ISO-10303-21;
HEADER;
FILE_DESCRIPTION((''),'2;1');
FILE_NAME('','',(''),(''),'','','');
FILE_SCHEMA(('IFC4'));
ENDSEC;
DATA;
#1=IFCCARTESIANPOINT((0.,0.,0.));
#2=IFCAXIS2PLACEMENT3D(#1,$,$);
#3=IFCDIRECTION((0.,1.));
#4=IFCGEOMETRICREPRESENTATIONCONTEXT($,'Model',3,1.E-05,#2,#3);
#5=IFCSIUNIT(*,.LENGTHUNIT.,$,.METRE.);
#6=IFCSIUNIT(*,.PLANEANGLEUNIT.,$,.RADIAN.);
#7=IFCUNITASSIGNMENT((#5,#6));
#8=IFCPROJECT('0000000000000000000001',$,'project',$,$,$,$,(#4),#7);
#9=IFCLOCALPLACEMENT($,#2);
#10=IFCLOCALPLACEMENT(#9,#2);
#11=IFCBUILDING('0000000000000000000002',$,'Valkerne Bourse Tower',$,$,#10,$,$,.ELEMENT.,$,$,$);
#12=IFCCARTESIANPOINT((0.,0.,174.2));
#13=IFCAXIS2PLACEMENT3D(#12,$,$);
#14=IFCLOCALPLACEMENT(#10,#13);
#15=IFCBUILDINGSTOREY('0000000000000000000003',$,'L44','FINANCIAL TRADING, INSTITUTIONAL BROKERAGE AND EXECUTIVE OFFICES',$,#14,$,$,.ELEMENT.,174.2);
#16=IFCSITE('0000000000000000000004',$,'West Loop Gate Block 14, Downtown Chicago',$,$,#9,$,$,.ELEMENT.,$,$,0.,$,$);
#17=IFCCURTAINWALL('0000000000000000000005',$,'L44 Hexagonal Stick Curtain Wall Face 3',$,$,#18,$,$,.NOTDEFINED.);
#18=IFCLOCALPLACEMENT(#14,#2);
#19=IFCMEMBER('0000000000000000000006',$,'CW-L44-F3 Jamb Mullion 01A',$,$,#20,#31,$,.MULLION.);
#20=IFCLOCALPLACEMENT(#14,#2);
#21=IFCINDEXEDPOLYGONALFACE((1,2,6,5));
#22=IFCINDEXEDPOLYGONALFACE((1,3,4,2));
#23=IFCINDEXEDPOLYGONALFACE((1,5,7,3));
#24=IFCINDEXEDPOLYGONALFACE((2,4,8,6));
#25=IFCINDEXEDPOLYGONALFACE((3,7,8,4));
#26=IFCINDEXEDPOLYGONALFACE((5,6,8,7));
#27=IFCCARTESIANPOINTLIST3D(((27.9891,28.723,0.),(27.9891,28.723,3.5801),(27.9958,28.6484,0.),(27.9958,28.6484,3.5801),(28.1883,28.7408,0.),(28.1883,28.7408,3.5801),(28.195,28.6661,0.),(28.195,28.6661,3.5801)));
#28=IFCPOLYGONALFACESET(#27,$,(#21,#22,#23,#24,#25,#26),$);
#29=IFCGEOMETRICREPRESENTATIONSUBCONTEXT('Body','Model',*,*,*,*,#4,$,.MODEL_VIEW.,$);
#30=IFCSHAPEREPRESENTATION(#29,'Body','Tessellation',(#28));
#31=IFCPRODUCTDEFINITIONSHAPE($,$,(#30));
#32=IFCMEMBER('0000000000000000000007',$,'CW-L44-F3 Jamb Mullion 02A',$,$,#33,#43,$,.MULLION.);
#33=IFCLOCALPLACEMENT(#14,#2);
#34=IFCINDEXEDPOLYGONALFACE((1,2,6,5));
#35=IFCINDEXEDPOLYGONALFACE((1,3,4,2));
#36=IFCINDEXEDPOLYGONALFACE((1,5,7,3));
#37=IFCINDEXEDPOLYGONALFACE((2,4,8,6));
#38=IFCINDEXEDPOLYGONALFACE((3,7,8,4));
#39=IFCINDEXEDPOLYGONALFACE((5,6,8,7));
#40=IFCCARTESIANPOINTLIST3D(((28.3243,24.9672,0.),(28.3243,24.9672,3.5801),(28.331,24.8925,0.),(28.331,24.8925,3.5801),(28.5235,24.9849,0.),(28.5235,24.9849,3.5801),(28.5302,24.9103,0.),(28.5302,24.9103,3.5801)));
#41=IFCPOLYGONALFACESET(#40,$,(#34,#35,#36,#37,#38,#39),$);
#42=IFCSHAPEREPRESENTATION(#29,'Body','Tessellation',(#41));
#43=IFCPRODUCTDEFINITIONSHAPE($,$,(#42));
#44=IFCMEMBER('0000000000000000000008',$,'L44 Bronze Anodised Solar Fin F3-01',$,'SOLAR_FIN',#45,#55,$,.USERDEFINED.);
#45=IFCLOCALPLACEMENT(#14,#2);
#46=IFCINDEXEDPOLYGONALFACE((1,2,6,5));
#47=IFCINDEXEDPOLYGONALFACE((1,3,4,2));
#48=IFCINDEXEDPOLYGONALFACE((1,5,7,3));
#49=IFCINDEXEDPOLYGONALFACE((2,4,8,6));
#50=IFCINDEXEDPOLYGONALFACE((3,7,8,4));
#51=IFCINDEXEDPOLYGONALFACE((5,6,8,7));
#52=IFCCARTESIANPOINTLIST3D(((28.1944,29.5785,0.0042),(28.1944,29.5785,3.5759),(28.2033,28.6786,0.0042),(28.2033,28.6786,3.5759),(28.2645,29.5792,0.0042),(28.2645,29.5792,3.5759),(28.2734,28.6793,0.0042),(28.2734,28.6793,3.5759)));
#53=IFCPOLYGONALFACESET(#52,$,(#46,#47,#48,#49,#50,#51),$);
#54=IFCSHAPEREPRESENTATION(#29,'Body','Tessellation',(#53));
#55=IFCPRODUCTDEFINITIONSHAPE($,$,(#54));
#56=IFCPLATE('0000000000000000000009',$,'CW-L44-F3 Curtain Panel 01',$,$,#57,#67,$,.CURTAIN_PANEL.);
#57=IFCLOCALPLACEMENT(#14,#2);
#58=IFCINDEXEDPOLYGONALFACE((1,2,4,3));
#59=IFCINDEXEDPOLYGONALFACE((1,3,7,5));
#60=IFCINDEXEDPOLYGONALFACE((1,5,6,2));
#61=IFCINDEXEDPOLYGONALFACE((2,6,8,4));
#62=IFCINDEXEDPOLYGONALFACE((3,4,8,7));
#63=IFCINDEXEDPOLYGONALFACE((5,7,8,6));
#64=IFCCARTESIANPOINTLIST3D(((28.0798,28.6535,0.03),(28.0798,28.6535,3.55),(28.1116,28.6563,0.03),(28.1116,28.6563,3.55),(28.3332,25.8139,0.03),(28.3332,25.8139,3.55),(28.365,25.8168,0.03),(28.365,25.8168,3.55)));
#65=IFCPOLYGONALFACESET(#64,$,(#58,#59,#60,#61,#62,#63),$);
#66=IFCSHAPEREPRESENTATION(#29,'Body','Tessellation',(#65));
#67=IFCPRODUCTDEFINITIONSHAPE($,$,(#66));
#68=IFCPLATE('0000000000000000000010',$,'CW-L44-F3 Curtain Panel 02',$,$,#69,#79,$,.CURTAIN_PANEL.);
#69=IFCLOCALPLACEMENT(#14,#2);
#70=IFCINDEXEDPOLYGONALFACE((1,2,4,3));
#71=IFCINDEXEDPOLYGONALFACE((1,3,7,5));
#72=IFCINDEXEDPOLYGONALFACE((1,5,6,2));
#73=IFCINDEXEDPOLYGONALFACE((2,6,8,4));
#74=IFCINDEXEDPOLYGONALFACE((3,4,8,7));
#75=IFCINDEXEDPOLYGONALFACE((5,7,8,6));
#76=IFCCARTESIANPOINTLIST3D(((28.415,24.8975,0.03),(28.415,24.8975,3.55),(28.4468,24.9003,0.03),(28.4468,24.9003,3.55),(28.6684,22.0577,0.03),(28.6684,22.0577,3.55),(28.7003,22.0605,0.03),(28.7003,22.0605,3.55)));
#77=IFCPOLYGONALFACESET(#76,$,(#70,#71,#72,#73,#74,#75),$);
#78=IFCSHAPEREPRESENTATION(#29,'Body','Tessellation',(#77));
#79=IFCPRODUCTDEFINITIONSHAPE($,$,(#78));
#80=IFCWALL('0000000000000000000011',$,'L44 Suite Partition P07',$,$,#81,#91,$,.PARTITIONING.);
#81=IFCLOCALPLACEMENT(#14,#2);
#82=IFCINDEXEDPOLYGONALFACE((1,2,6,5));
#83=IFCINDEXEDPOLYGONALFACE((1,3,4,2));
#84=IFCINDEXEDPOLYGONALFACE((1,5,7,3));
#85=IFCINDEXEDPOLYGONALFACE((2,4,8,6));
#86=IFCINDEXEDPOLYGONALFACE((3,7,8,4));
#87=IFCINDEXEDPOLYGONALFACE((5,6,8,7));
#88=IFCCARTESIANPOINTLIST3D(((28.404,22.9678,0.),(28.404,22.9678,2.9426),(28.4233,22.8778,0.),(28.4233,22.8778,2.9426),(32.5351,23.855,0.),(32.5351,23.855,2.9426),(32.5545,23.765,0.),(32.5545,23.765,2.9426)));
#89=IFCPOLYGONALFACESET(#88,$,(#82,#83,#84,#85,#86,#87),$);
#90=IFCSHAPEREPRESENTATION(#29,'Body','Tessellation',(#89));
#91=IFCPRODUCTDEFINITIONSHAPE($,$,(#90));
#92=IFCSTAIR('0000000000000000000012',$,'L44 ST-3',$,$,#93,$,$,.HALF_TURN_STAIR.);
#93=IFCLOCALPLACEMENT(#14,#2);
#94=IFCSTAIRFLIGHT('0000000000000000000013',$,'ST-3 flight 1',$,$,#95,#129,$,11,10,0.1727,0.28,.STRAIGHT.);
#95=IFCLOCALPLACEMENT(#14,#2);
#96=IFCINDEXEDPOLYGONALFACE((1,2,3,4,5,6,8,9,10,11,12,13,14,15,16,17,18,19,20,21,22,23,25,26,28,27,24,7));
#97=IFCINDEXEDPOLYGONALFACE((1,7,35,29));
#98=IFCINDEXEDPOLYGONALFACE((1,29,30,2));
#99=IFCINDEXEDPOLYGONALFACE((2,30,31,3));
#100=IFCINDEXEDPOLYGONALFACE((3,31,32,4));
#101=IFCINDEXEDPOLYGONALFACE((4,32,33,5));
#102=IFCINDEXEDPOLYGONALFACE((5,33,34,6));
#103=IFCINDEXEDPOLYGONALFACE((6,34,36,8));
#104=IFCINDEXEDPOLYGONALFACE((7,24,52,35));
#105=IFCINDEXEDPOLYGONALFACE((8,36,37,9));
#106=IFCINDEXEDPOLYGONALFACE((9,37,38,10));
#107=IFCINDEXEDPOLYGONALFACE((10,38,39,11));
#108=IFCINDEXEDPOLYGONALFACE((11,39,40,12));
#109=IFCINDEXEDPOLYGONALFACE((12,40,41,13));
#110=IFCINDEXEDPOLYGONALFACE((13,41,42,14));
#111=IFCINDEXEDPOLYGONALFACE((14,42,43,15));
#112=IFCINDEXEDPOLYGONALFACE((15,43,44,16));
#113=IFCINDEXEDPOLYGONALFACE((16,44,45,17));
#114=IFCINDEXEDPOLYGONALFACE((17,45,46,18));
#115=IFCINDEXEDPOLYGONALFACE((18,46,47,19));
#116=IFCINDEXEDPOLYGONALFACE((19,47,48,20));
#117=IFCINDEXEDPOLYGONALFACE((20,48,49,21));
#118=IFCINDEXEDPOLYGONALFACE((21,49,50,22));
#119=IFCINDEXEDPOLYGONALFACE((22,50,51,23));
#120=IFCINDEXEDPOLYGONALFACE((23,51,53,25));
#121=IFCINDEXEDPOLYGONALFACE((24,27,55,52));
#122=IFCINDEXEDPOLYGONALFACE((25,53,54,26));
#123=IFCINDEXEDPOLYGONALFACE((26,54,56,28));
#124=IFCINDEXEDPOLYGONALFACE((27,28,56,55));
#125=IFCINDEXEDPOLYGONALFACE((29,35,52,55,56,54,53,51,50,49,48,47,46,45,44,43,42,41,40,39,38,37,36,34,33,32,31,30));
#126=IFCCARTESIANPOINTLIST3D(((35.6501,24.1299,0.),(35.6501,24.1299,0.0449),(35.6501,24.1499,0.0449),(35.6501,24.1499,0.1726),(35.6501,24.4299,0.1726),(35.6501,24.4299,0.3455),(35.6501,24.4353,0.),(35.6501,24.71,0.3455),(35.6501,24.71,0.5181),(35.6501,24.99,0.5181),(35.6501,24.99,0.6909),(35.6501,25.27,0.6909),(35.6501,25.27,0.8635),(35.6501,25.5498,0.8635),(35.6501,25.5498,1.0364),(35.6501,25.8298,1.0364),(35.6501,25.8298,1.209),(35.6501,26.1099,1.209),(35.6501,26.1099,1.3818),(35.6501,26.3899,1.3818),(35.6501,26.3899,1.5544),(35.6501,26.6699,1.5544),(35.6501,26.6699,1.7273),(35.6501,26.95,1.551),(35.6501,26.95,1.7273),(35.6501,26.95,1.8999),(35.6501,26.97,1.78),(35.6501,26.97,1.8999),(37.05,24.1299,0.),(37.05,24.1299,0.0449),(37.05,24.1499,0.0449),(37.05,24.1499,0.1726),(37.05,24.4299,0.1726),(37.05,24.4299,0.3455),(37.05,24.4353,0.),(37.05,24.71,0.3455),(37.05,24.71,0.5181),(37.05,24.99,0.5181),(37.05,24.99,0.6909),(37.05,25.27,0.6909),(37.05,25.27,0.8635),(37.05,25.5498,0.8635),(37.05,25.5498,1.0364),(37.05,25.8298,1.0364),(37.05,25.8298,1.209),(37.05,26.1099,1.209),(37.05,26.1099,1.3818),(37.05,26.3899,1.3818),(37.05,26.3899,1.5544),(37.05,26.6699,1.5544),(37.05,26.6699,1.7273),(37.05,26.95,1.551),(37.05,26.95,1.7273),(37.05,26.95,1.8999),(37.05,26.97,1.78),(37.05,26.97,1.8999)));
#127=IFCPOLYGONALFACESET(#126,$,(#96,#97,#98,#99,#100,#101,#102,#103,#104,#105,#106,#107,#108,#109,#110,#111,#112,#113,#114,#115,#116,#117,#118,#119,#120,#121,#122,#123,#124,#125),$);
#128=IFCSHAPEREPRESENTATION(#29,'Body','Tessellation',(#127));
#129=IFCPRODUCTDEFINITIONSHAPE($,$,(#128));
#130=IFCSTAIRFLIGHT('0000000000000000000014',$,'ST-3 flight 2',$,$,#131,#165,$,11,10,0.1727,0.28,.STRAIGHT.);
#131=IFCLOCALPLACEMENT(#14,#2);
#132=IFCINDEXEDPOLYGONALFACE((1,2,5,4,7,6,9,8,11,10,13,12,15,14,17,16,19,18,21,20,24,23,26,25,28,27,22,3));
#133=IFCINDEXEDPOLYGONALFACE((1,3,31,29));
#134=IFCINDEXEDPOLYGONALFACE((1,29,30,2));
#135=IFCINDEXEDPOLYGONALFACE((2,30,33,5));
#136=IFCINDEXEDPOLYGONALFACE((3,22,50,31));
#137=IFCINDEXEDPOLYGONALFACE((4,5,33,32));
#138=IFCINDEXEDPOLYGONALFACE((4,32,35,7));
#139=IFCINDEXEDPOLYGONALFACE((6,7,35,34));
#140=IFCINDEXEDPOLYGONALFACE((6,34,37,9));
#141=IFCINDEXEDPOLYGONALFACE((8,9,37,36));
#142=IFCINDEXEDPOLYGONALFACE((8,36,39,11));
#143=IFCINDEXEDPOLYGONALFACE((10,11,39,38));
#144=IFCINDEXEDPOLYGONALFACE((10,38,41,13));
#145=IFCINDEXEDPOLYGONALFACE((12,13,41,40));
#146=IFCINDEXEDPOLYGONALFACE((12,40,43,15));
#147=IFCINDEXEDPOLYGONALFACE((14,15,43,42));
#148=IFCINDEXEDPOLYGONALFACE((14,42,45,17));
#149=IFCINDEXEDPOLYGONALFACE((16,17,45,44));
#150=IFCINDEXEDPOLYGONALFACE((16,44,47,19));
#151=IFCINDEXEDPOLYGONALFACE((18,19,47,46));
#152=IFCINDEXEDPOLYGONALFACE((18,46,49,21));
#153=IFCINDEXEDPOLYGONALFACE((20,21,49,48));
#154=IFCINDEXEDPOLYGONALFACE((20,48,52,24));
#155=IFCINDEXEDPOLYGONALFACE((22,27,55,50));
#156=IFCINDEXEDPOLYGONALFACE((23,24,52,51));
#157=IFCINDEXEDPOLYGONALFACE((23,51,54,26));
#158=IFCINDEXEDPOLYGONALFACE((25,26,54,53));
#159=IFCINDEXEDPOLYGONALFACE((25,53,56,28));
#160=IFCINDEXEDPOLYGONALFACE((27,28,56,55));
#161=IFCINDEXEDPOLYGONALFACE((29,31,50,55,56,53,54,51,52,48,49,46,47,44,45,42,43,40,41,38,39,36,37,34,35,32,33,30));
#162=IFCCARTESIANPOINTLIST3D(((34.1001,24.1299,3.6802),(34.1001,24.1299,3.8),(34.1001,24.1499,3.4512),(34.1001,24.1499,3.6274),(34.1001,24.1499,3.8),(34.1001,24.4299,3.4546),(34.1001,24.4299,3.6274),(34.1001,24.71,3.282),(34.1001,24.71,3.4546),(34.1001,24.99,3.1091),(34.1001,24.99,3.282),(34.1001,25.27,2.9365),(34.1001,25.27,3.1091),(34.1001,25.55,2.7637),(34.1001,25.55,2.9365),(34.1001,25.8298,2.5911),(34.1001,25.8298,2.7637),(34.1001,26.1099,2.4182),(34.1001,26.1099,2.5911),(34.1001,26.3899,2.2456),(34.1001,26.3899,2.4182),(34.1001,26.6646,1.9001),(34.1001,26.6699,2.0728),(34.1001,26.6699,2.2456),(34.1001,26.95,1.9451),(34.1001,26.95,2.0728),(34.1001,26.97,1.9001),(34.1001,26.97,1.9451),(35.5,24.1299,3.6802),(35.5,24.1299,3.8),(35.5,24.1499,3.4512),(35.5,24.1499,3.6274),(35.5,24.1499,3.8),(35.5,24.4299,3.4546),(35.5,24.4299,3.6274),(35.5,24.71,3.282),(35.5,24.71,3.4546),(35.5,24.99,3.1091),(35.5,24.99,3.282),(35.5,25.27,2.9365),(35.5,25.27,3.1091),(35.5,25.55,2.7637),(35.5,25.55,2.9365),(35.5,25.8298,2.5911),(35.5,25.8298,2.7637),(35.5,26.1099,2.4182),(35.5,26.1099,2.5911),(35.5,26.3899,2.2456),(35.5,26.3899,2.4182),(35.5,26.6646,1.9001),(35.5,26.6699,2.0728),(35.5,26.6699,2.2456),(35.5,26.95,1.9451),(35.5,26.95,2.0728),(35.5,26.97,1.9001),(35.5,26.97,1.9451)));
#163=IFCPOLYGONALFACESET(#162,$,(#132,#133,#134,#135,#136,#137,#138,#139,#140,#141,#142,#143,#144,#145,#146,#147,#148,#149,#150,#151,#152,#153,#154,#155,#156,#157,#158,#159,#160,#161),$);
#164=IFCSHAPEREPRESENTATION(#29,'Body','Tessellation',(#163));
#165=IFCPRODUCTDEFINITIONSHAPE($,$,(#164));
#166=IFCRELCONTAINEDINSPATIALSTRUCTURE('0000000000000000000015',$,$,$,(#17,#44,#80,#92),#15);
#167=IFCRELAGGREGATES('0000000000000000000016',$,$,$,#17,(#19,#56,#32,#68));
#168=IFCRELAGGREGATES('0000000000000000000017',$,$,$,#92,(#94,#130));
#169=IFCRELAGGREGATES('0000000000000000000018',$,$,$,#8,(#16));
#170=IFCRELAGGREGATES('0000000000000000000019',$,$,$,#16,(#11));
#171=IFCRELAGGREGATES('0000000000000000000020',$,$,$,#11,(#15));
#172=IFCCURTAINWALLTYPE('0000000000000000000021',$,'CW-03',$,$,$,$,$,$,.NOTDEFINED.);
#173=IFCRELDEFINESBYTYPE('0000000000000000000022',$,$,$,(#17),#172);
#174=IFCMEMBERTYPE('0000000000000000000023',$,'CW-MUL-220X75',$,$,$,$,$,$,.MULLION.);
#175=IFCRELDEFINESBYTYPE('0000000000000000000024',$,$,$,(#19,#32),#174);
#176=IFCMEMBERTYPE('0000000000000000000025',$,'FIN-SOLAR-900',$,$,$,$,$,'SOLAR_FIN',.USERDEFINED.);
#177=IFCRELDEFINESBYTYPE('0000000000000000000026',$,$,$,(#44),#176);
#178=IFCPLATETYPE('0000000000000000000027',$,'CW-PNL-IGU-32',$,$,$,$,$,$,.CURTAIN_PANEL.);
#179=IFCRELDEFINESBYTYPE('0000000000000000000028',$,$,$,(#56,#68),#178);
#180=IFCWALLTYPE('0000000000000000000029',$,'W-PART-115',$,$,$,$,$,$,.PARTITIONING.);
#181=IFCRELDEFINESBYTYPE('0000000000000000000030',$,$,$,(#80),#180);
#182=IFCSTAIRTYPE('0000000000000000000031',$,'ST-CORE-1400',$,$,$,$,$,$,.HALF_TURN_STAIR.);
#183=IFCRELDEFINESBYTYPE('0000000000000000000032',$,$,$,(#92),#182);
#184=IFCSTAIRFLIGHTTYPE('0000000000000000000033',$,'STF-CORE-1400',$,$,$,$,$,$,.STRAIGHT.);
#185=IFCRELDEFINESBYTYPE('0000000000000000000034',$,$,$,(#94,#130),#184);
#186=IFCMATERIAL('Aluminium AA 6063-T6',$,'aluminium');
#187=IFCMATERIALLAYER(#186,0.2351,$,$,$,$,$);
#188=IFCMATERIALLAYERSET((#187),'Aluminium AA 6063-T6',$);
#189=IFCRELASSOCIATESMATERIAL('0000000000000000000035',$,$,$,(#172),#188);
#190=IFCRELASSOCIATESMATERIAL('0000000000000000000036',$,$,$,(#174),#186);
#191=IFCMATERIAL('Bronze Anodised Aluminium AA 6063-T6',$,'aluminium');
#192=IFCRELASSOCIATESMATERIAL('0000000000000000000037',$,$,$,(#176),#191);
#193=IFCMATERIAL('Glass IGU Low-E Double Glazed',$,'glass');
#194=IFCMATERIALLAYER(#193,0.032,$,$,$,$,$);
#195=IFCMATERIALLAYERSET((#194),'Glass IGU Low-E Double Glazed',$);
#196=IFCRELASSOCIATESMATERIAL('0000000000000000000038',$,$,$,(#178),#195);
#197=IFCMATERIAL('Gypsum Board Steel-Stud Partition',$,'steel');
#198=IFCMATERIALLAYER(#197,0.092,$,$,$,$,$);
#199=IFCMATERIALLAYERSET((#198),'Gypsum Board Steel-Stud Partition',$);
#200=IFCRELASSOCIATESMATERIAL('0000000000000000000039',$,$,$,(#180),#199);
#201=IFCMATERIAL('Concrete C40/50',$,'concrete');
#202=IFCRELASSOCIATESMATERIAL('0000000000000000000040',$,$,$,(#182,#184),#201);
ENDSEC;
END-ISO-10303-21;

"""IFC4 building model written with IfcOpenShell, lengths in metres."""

from ifc_helpers import new_model, si_unit, direction, frame, frame_2d, origin, origin_2d, place, context, subcontext, project, spatial, polyline, rectangle, outline, extrude, material, layer, layer_set, material_profile, profile_set, type_object, element, aggregate, save


model = new_model("IFC4")

# Units and contexts
model_context = context("Model", 3, precision=1e-05, world=origin(), true_north=direction((0.0, 1.0)))
body_context = subcontext(model_context, "Body", "Model", "MODEL_VIEW")
ifc_project = project(units=[si_unit("LENGTHUNIT", "METRE"), si_unit("PLANEANGLEUNIT", "RADIAN")], contexts=[model_context])

# Site, building, storey
site_placement = place(None, origin())
site = spatial("IfcSite", under=ifc_project, at=site_placement, Name="West Loop Gate Block 14, Downtown Chicago", CompositionType="ELEMENT", RefElevation=0.0)
building_placement = place(site_placement, origin())
building = spatial("IfcBuilding", under=site, at=building_placement, Name="Valkerne Bourse Tower", CompositionType="ELEMENT")
storey_placement = place(building_placement, frame((0.0, 0.0, 174.2)))
storey = spatial("IfcBuildingStorey", under=building, at=storey_placement, Name="L44", Description="FINANCIAL TRADING, INSTITUTIONAL BROKERAGE AND EXECUTIVE OFFICES", CompositionType="ELEMENT", Elevation=174.2)

# Curtain wall, members
ifc_material_1 = material(Name="Aluminium AA 6063-T6", Category="aluminium")
ifc_layer_1 = layer(ifc_material_1, 0.2351)
ifc_layer_set_1 = layer_set([ifc_layer_1], Name="Aluminium AA 6063-T6")
curtain_wall_type = type_object("IfcCurtainWallType", Name="CW-03", PredefinedType="NOTDEFINED", material=ifc_layer_set_1)
curtain_wall_placement = place(storey_placement, origin())
curtain_wall = element("IfcCurtainWall", 1, at=curtain_wall_placement, inside=storey, type_object=curtain_wall_type, Name="L44 Hexagonal Stick Curtain Wall Face 3", PredefinedType="NOTDEFINED")
ifc_material_profile_1 = material_profile(ifc_material_1, rectangle(XDim=0.075, YDim=0.2, at=origin_2d()), Name="CWM-75X200")
ifc_profile_set_1 = profile_set([ifc_material_profile_1], Name="Aluminium AA 6063-T6")
member_type_1 = type_object("IfcMemberType", Name="CW-MUL-220X75", PredefinedType="MULLION", material=ifc_profile_set_1)
member_1_placement = place(storey_placement, frame((28.092, 28.6946, 0.0), z_axis=(0.0, 0.0, 1.0), x_axis=(0.088891, -0.996041, 0.0)))
member_1 = element("IfcMember", 2, at=member_1_placement, type_object=member_type_1, Name="CW-L44-F3 Jamb Mullion 01A", PredefinedType="MULLION", context=body_context, shape_type="SweptSolid", body=[
    extrude(rectangle(XDim=0.075, YDim=0.2, at=origin_2d()), origin(), (0.0, 0.0, 1.0), 3.5801),
])
member_2_placement = place(storey_placement, frame((28.4272, 24.9387, 0.0), z_axis=(0.0, 0.0, 1.0), x_axis=(0.088888, -0.996042, 0.0)))
member_2 = element("IfcMember", 3, at=member_2_placement, type_object=member_type_1, Name="CW-L44-F3 Jamb Mullion 02A", PredefinedType="MULLION", context=body_context, shape_type="SweptSolid", body=[
    extrude(rectangle(XDim=0.075, YDim=0.2, at=origin_2d()), origin(), (0.0, 0.0, 1.0), 3.5801),
])

# Member
ifc_material_2 = material(Name="Bronze Anodised Aluminium AA 6063-T6", Category="aluminium")
ifc_material_profile_2 = material_profile(ifc_material_2, rectangle(XDim=0.0701, YDim=0.8999, at=origin_2d()), Name="FIN-70X900")
ifc_profile_set_2 = profile_set([ifc_material_profile_2], Name="Bronze Anodised Aluminium AA 6063-T6")
member_type_2 = type_object("IfcMemberType", Name="FIN-SOLAR-900", ElementType="SOLAR_FIN", PredefinedType="USERDEFINED", material=ifc_profile_set_2)
member_3_placement = place(storey_placement, frame((28.2339, 29.1289, 0.0042), z_axis=(0.0, 0.0, 1.0), x_axis=(-0.999951, -0.009859, 0.0)))
element("IfcMember", 4, at=member_3_placement, inside=storey, type_object=member_type_2, Name="L44 Bronze Anodised Solar Fin F3-01", ObjectType="SOLAR_FIN", PredefinedType="USERDEFINED", context=body_context, shape_type="SweptSolid", body=[
    extrude(rectangle(XDim=0.0701, YDim=0.8999, at=origin_2d()), origin(), (0.0, 0.0, 1.0), 3.5718),
])

# Plates
ifc_material_3 = material(Name="Glass IGU Low-E Double Glazed", Category="glass")
ifc_layer_2 = layer(ifc_material_3, 0.032)
ifc_layer_set_2 = layer_set([ifc_layer_2], Name="Glass IGU Low-E Double Glazed")
plate_type = type_object("IfcPlateType", Name="CW-PNL-IGU-32", PredefinedType="CURTAIN_PANEL", material=ifc_layer_set_2)
plate_1_placement = place(storey_placement, frame((28.2224, 27.2351, 0.03), z_axis=(0.0, 0.0, 1.0), x_axis=(0.088891, -0.996041, 0.0)))
plate_1 = element("IfcPlate", 5, at=plate_1_placement, type_object=plate_type, Name="CW-L44-F3 Curtain Panel 01", PredefinedType="CURTAIN_PANEL", context=body_context, shape_type="SweptSolid", body=[
    extrude(rectangle(XDim=2.8508, YDim=0.032, at=origin_2d()), origin(), (0.0, 0.0, 1.0), 3.52),
])
plate_2_placement = place(storey_placement, frame((28.5576, 23.479, 0.03), z_axis=(0.0, 0.0, 1.0), x_axis=(0.088888, -0.996042, 0.0)))
plate_2 = element("IfcPlate", 6, at=plate_2_placement, type_object=plate_type, Name="CW-L44-F3 Curtain Panel 02", PredefinedType="CURTAIN_PANEL", context=body_context, shape_type="SweptSolid", body=[
    extrude(rectangle(XDim=2.8511, YDim=0.032, at=origin_2d()), origin(), (0.0, 0.0, 1.0), 3.52),
])
aggregate(curtain_wall, [member_1, plate_1, member_2, plate_2])

# Wall
ifc_material_4 = material(Name="Gypsum Board Steel-Stud Partition", Category="steel")
ifc_layer_3 = layer(ifc_material_4, 0.092)
ifc_layer_set_3 = layer_set([ifc_layer_3], Name="Gypsum Board Steel-Stud Partition")
wall_type = type_object("IfcWallType", Name="W-PART-115", PredefinedType="PARTITIONING", material=ifc_layer_set_3)
wall_placement = place(storey_placement, frame((32.5449, 23.8101, 0.0), z_axis=(0.0, 0.0, 1.0), x_axis=(-0.977707, -0.209975, 0.0)))
element("IfcWall", 7, at=wall_placement, inside=storey, type_object=wall_type, Name="L44 Suite Partition P07", PredefinedType="PARTITIONING", context=body_context, shape_type="SweptSolid", body=[
    extrude(rectangle(XDim=4.2253, YDim=0.092, at=frame_2d((2.1128, 0.0))), origin(), (0.0, 0.0, 1.0), 2.9426),
])

# Stair, stair flights
ifc_material_5 = material(Name="Concrete C40/50", Category="concrete")
stair_type = type_object("IfcStairType", Name="ST-CORE-1400", PredefinedType="HALF_TURN_STAIR", material=ifc_material_5)
stair_placement = place(storey_placement, origin())
stair = element("IfcStair", 8, at=stair_placement, inside=storey, type_object=stair_type, Name="L44 ST-3", PredefinedType="HALF_TURN_STAIR")
stair_flight_type = type_object("IfcStairFlightType", Name="STF-CORE-1400", PredefinedType="STRAIGHT", material=ifc_material_5)
stair_flight_1_placement = place(storey_placement, frame((36.3501, 24.1499, 0.0), z_axis=(0.0, 0.0, 1.0), x_axis=(0.0, 1.0, 0.0)))
stair_flight_1 = element("IfcStairFlight", 9, at=stair_flight_1_placement, type_object=stair_flight_type, Name="ST-3 flight 1", NumberOfRisers=11, NumberOfTreads=10, PredefinedType="STRAIGHT", RiserHeight=0.1727, TreadLength=0.28, context=body_context, shape_type="SweptSolid", body=[
    extrude(outline(polyline([(-0.02, 0.0), (-0.02, 0.0449), (0.0, 0.0449), (0.0, 0.1726), (0.28, 0.1726), (0.28, 0.3455), (0.5601, 0.3455), (0.5601, 0.5181), (0.8401, 0.5181), (0.8401, 0.6909), (1.1201, 0.6909), (1.1201, 0.8635), (1.3999, 0.8635), (1.3999, 1.0364), (1.6799, 1.0364), (1.6799, 1.209), (1.96, 1.209), (1.96, 1.3818), (2.24, 1.3818), (2.24, 1.5544), (2.52, 1.5544), (2.52, 1.7273), (2.8, 1.7273), (2.8, 1.8999), (2.8201, 1.8999), (2.8201, 1.78), (2.8, 1.551), (0.2854, 0.0), (-0.02, 0.0)])), frame((0.0, 0.7, 0.0), z_axis=(0.0, -1.0, 0.0), x_axis=(1.0, 0.0, 0.0)), (0.0, 0.0, 1.0), 1.3999),
])
stair_flight_2_placement = place(storey_placement, frame((34.8, 26.95, 1.9001), z_axis=(0.0, 0.0, 1.0), x_axis=(0.0, -1.0, 0.0)))
stair_flight_2 = element("IfcStairFlight", 10, at=stair_flight_2_placement, type_object=stair_flight_type, Name="ST-3 flight 2", NumberOfRisers=11, NumberOfTreads=10, PredefinedType="STRAIGHT", RiserHeight=0.1727, TreadLength=0.28, context=body_context, shape_type="SweptSolid", body=[
    extrude(outline(polyline([(-0.02, 0.0), (-0.02, 0.0449), (0.0, 0.0449), (0.0, 0.1726), (0.28, 0.1726), (0.28, 0.3455), (0.5601, 0.3455), (0.5601, 0.5181), (0.8401, 0.5181), (0.8401, 0.6909), (1.1201, 0.6909), (1.1201, 0.8635), (1.3999, 0.8635), (1.3999, 1.0364), (1.6799, 1.0364), (1.6799, 1.209), (1.96, 1.209), (1.96, 1.3818), (2.24, 1.3818), (2.24, 1.5544), (2.52, 1.5544), (2.52, 1.7273), (2.8, 1.7273), (2.8, 1.8999), (2.8201, 1.8999), (2.8201, 1.78), (2.8, 1.551), (0.2854, 0.0), (-0.02, 0.0)])), frame((0.0, 0.7, 0.0), z_axis=(0.0, -1.0, 0.0), x_axis=(1.0, 0.0, 0.0)), (0.0, 0.0, 1.0), 1.3999),
])
aggregate(stair, [stair_flight_1, stair_flight_2])

save(model, "model.ifc")
